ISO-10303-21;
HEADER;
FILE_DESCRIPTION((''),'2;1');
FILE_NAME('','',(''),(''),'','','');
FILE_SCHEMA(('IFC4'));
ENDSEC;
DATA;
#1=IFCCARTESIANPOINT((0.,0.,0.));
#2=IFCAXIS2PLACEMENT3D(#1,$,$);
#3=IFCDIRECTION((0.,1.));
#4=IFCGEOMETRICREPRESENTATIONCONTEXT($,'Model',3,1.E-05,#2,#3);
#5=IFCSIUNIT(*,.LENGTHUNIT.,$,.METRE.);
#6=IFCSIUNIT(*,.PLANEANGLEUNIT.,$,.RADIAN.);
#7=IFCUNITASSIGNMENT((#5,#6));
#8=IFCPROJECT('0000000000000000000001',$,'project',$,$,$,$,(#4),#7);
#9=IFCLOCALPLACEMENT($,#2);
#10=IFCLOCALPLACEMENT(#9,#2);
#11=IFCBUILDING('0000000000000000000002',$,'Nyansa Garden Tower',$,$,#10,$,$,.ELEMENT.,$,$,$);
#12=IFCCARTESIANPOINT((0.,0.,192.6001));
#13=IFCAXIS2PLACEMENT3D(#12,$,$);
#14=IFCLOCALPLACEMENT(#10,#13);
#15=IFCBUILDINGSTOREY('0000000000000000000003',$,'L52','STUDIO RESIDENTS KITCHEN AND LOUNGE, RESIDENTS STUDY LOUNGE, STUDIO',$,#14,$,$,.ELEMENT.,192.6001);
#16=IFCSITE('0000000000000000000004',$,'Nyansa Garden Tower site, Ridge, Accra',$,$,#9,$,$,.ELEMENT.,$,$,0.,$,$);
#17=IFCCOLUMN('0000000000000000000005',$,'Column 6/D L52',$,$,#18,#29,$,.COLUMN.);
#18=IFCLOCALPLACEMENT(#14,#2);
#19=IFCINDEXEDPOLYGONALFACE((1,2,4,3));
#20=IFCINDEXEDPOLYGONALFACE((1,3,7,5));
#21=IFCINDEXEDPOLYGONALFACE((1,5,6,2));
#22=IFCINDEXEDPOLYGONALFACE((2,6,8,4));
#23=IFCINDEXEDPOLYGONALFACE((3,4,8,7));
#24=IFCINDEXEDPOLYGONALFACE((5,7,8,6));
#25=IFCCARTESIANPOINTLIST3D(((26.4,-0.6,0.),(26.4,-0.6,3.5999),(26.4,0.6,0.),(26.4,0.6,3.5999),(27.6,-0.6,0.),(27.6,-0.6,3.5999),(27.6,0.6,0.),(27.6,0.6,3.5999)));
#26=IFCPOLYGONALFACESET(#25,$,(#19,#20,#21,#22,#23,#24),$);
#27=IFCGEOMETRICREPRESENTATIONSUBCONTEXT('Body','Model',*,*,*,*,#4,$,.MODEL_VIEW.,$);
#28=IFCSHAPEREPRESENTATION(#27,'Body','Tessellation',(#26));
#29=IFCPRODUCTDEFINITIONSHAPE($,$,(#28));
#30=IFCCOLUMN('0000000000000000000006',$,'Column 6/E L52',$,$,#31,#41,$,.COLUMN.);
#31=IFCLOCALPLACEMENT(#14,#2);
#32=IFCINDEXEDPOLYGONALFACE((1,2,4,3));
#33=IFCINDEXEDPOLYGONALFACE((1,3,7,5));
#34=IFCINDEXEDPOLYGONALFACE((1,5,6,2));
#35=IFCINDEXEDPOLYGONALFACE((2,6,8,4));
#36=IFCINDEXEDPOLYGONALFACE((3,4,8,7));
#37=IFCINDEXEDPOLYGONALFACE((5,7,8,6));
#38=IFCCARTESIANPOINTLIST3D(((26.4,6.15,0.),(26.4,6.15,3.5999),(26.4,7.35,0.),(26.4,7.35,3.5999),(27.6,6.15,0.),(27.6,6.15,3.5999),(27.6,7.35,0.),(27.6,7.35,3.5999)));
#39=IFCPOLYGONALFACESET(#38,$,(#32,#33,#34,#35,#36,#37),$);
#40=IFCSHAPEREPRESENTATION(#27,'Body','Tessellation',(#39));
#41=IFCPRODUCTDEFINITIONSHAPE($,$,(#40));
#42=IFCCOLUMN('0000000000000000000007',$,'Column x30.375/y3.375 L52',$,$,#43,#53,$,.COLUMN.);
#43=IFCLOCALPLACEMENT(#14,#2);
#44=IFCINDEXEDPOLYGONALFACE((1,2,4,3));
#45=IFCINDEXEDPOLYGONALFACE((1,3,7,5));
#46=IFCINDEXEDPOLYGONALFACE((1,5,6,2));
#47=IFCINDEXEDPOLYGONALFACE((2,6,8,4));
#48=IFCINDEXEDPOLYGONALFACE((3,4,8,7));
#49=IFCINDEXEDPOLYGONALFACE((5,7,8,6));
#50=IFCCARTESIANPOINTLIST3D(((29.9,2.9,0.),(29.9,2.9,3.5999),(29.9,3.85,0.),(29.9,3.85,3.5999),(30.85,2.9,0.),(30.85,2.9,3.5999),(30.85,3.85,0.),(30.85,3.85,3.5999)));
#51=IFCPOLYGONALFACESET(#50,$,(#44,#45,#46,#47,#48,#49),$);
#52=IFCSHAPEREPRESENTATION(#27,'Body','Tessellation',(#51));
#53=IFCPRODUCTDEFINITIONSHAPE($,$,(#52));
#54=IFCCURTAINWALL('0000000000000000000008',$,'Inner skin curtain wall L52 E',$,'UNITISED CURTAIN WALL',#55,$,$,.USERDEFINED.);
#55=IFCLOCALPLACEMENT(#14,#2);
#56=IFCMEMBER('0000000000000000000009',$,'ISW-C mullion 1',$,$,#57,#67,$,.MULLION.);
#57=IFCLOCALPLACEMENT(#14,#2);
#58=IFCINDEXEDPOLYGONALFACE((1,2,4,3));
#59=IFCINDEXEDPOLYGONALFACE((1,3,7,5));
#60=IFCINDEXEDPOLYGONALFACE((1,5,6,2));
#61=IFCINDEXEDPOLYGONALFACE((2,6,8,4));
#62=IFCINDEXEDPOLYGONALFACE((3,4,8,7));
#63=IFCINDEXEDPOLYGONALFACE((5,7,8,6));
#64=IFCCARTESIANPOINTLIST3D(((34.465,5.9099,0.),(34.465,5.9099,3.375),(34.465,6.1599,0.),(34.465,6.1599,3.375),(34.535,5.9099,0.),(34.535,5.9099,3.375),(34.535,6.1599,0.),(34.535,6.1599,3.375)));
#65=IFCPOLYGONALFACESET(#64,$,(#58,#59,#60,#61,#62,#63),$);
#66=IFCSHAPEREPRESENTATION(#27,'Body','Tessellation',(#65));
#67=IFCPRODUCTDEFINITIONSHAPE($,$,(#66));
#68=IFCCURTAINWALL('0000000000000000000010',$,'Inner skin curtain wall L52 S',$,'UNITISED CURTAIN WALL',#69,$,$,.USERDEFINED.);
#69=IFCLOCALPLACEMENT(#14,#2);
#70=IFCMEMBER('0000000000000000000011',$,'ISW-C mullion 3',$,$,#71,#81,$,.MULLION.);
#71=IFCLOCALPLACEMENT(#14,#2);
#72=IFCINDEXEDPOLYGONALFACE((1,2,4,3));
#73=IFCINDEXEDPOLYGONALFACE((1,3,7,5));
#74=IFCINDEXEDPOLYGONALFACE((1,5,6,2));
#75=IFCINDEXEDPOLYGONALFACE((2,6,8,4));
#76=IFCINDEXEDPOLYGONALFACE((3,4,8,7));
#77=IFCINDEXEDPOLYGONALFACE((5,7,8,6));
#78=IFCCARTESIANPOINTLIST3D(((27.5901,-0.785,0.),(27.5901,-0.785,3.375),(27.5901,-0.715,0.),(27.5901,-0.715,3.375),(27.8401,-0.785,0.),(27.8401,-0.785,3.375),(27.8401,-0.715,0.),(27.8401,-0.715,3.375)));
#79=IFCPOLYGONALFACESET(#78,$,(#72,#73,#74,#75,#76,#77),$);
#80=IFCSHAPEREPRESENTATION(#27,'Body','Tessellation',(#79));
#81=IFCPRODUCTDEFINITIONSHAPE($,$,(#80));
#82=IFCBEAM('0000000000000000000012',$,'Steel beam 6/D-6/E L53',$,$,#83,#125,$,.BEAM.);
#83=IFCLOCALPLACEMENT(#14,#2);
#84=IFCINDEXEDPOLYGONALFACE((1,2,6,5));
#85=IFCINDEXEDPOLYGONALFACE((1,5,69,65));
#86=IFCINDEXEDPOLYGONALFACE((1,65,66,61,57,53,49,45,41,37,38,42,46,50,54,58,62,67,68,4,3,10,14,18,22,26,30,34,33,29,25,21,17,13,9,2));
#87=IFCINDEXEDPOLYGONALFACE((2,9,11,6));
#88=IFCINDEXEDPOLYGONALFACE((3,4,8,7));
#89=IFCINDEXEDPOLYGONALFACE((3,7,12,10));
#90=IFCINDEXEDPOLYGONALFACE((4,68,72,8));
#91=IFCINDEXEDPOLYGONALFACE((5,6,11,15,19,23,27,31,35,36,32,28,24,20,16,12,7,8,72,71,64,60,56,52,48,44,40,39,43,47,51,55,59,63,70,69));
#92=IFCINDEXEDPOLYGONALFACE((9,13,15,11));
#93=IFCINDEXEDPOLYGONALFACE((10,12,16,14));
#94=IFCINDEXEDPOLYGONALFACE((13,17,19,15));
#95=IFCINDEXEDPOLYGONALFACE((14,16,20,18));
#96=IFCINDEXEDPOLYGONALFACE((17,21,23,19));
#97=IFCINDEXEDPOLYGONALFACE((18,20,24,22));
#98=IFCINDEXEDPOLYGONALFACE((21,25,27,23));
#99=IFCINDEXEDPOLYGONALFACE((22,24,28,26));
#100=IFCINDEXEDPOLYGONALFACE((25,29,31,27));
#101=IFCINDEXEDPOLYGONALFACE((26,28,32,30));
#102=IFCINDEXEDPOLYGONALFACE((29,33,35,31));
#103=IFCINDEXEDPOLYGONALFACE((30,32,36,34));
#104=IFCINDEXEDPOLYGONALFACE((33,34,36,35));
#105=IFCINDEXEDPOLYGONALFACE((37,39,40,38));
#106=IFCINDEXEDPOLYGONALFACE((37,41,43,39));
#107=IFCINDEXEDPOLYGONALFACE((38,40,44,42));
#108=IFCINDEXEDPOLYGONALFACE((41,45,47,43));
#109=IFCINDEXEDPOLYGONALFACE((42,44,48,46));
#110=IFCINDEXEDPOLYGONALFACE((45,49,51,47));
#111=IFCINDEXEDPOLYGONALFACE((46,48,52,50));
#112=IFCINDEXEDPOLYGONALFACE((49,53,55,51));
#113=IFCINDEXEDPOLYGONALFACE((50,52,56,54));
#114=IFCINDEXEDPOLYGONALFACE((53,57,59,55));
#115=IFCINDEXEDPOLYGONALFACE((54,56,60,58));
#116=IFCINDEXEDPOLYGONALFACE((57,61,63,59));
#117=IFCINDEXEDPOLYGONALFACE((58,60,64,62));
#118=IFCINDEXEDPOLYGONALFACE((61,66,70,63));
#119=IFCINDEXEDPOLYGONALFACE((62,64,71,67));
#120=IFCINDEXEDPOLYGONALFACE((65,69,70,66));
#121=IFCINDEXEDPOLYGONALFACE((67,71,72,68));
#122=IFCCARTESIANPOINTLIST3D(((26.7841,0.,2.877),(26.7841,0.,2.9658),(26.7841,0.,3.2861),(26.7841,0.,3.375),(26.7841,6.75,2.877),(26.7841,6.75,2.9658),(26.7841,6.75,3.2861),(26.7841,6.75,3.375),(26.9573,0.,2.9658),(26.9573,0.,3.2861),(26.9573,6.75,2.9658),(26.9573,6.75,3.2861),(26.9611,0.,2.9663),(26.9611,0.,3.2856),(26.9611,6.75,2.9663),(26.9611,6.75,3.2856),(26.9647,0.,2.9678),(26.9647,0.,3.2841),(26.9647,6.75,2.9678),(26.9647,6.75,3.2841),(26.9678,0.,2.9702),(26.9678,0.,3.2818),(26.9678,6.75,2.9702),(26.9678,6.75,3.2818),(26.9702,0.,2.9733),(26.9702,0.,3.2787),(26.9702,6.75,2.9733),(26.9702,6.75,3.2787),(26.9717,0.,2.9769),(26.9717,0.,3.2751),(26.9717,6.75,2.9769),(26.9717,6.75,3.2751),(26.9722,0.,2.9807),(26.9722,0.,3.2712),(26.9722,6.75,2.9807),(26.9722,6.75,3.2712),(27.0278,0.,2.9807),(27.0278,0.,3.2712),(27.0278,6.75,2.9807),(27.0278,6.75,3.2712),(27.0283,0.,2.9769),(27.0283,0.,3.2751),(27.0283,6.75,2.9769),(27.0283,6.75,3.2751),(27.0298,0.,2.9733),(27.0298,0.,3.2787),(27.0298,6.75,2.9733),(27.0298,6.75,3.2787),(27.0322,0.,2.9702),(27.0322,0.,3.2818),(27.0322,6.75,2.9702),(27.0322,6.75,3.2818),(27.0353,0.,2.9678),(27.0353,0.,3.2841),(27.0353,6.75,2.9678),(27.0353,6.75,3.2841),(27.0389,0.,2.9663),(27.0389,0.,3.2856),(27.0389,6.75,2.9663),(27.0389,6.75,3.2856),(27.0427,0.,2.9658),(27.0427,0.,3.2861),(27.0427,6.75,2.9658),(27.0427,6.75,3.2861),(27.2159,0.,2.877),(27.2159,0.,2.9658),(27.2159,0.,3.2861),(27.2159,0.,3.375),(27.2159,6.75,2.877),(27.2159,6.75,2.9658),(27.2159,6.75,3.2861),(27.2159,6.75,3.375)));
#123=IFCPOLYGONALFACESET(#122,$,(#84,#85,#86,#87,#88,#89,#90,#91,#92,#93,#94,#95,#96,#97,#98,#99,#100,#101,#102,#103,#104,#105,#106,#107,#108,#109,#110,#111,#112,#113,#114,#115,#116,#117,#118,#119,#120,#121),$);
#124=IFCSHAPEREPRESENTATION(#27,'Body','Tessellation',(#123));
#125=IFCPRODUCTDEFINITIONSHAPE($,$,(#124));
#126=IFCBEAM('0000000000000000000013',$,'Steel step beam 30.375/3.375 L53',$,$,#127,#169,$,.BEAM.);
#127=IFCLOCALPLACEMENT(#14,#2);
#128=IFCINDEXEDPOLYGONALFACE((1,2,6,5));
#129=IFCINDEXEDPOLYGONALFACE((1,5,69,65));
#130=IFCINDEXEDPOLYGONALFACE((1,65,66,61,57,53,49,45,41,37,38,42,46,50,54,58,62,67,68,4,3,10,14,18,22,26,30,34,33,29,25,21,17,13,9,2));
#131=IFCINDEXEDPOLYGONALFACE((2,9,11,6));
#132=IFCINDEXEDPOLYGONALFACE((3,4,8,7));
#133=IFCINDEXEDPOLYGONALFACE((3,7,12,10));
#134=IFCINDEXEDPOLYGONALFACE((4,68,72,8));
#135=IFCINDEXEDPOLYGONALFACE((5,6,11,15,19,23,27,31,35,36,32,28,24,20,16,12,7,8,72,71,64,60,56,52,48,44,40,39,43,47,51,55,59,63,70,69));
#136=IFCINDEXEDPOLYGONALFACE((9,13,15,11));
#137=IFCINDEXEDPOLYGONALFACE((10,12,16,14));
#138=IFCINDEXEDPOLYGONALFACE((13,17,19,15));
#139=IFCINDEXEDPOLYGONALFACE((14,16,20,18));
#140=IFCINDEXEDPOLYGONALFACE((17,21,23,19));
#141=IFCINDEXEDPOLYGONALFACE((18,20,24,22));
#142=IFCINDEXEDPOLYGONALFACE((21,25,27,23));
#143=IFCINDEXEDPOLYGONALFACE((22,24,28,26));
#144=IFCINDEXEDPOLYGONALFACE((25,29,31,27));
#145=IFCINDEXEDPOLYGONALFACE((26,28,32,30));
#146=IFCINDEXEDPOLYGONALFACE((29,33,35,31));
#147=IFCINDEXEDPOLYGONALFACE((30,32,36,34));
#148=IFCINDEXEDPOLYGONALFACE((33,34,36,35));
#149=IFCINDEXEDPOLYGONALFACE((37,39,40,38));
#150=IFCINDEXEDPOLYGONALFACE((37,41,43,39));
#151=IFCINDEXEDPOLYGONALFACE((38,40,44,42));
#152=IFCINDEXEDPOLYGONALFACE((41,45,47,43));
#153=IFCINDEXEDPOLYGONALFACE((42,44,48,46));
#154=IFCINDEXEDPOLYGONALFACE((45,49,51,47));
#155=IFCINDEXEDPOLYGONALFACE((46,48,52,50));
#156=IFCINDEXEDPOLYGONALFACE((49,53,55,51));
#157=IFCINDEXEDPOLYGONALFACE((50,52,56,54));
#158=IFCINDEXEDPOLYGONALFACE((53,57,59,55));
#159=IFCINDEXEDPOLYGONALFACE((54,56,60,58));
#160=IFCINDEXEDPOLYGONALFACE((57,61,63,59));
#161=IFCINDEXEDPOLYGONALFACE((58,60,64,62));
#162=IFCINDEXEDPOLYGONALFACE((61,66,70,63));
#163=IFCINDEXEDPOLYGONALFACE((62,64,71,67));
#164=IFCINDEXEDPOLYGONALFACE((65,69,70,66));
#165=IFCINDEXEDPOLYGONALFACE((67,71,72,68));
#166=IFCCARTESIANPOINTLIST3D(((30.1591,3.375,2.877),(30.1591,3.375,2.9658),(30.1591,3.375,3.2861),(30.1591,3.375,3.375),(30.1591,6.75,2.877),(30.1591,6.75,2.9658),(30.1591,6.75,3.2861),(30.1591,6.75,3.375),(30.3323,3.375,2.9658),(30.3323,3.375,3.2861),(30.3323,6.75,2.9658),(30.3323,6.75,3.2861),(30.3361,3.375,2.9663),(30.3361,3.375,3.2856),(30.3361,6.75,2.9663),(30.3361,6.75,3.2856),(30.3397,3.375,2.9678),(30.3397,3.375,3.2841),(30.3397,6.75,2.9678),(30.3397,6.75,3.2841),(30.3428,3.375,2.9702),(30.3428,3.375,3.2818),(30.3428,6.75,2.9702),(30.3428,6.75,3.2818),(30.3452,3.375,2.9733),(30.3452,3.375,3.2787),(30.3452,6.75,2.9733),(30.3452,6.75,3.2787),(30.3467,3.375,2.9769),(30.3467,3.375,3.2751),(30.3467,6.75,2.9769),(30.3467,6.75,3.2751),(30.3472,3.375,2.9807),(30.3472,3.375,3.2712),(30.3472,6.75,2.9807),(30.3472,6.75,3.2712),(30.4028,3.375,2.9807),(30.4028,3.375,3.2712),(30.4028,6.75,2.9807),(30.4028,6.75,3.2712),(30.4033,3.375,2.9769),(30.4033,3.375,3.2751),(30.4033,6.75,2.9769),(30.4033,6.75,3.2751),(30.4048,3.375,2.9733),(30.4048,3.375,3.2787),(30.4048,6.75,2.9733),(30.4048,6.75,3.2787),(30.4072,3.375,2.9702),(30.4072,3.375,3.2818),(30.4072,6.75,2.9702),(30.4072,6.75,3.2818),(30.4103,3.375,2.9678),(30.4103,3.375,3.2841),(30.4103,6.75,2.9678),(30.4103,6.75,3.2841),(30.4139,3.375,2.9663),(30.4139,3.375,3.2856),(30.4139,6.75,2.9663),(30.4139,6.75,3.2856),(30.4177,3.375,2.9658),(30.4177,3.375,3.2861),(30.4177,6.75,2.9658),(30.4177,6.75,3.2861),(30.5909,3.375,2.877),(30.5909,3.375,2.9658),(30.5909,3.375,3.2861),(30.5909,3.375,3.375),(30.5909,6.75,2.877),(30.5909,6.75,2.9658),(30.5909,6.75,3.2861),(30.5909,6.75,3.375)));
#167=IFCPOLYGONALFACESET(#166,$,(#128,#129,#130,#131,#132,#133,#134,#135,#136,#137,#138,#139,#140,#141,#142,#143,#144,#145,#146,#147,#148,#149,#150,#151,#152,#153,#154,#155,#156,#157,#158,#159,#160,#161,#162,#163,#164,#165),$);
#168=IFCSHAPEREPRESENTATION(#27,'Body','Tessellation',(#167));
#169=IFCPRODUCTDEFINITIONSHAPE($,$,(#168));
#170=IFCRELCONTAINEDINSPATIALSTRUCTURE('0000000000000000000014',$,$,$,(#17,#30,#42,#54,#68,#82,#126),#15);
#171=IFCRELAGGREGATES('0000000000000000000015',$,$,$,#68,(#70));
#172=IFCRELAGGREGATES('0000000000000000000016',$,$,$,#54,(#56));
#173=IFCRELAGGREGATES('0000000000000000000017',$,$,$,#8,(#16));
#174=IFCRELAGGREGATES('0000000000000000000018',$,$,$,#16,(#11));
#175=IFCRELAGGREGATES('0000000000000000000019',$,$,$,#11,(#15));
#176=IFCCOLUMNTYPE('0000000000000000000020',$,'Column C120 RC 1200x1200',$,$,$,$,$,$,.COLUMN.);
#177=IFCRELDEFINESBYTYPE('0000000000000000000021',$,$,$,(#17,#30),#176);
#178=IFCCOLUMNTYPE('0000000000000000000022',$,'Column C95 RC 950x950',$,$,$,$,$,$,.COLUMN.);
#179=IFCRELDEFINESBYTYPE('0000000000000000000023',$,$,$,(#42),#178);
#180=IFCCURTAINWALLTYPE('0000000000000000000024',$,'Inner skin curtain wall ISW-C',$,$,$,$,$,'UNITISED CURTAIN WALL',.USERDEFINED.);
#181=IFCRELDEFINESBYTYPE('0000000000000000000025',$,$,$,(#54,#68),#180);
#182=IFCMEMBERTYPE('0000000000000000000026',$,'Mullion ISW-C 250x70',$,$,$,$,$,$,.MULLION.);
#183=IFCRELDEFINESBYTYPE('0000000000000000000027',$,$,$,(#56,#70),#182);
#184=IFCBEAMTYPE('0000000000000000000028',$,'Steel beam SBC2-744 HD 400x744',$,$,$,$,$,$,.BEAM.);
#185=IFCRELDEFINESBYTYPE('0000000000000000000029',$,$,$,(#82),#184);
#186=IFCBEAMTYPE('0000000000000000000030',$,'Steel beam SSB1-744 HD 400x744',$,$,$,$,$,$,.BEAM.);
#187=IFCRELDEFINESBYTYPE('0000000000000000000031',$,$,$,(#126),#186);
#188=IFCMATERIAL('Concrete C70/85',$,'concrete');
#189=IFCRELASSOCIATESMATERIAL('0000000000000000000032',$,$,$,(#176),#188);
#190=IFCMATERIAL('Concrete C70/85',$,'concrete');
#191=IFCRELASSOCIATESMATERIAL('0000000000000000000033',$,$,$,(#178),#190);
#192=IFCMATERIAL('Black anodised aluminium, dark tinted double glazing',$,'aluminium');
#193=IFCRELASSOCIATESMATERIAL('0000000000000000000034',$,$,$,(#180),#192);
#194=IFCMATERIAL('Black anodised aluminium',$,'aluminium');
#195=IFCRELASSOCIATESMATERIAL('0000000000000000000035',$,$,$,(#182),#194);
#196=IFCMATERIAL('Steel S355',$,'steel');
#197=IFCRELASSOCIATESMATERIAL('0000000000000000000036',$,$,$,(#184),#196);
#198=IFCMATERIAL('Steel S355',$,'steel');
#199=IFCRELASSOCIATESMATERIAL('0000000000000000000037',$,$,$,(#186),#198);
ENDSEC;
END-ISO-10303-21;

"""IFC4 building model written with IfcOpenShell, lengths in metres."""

from ifc_helpers import new_model, si_unit, direction, frame, origin, origin_2d, place, context, subcontext, project, spatial, rectangle, i_section, extrude, material, material_profile, profile_set, type_object, element, aggregate, save


model = new_model("IFC4")

# Units and contexts
model_context = context("Model", 3, precision=1e-05, world=origin(), true_north=direction((0.0, 1.0)))
body_context = subcontext(model_context, "Body", "Model", "MODEL_VIEW")
ifc_project = project(units=[si_unit("LENGTHUNIT", "METRE"), si_unit("PLANEANGLEUNIT", "RADIAN")], contexts=[model_context])

# Site, building, storey
site_placement = place(None, origin())
site = spatial("IfcSite", under=ifc_project, at=site_placement, Name="Nyansa Garden Tower site, Ridge, Accra", CompositionType="ELEMENT", RefElevation=0.0)
building_placement = place(site_placement, origin())
building = spatial("IfcBuilding", under=site, at=building_placement, Name="Nyansa Garden Tower", CompositionType="ELEMENT")
storey_placement = place(building_placement, frame((0.0, 0.0, 192.6001)))
storey = spatial("IfcBuildingStorey", under=building, at=storey_placement, Name="L52", Description="STUDIO RESIDENTS KITCHEN AND LOUNGE, RESIDENTS STUDY LOUNGE, STUDIO", CompositionType="ELEMENT", Elevation=192.6001)

# Columns
ifc_material_1 = material(Name="Concrete C70/85", Category="concrete")
ifc_material_profile_1 = material_profile(ifc_material_1, rectangle(XDim=1.2, YDim=1.2, at=origin_2d()), Name="RC 1200x1200")
ifc_profile_set_1 = profile_set([ifc_material_profile_1], Name="Concrete C70/85")
column_type_1 = type_object("IfcColumnType", Name="Column C120 RC 1200x1200", PredefinedType="COLUMN", material=ifc_profile_set_1)
for number, where, z_axis, x_axis, name in (
    (1, (27.0, 0.0, 0.0), (0.0, 0.0, 1.0), (1.0, 0.0, 0.0), "Column 6/D L52"),
    (2, (27.0, 6.75, 0.0), (0.0, 0.0, 1.0), (1.0, 0.0, 0.0), "Column 6/E L52"),
):
    element("IfcColumn", number, at=place(storey_placement, frame(where, z_axis=z_axis, x_axis=x_axis)), inside=storey, type_object=column_type_1, Name=name, PredefinedType="COLUMN", context=body_context, shape_type="SweptSolid", body=[
        extrude(rectangle(XDim=1.2, YDim=1.2, at=origin_2d()), origin(), (0.0, 0.0, 1.0), 3.5999),
    ])
ifc_material_2 = material(Name="Concrete C70/85", Category="concrete")
ifc_material_profile_2 = material_profile(ifc_material_2, rectangle(XDim=0.95, YDim=0.95, at=origin_2d()), Name="RC 950x950")
ifc_profile_set_2 = profile_set([ifc_material_profile_2], Name="Concrete C70/85")
column_type_2 = type_object("IfcColumnType", Name="Column C95 RC 950x950", PredefinedType="COLUMN", material=ifc_profile_set_2)
column_placement = place(storey_placement, frame((30.375, 3.375, 0.0), z_axis=(0.0, 0.0, 1.0), x_axis=(1.0, 0.0, 0.0)))
element("IfcColumn", 3, at=column_placement, inside=storey, type_object=column_type_2, Name="Column x30.375/y3.375 L52", PredefinedType="COLUMN", context=body_context, shape_type="SweptSolid", body=[
    extrude(rectangle(XDim=0.95, YDim=0.95, at=origin_2d()), origin(), (0.0, 0.0, 1.0), 3.5999),
])

# Curtain walls, members
ifc_material_3 = material(Name="Black anodised aluminium, dark tinted double glazing", Category="aluminium")
curtain_wall_type = type_object("IfcCurtainWallType", Name="Inner skin curtain wall ISW-C", ElementType="UNITISED CURTAIN WALL", PredefinedType="USERDEFINED", material=ifc_material_3)
curtain_wall_1_placement = place(storey_placement, origin())
curtain_wall_1 = element("IfcCurtainWall", 4, at=curtain_wall_1_placement, inside=storey, type_object=curtain_wall_type, Name="Inner skin curtain wall L52 E", ObjectType="UNITISED CURTAIN WALL", PredefinedType="USERDEFINED")
ifc_material_4 = material(Name="Black anodised aluminium", Category="aluminium")
ifc_material_profile_3 = material_profile(ifc_material_4, rectangle(XDim=0.0701, YDim=0.25, at=origin_2d()), Name="Mullion 250x70")
ifc_profile_set_3 = profile_set([ifc_material_profile_3], Name="Black anodised aluminium")
member_type_1 = type_object("IfcMemberType", Name="Mullion ISW-C 250x70", PredefinedType="MULLION", material=ifc_profile_set_3)
member_1_placement = place(storey_placement, frame((34.5, 6.0349, 0.0), z_axis=(0.0, 0.0, 1.0), x_axis=(-1.0, 0.0, 0.0)))
member_1 = element("IfcMember", 5, at=member_1_placement, type_object=member_type_1, Name="ISW-C mullion 1", PredefinedType="MULLION", context=body_context, shape_type="SweptSolid", body=[
    extrude(rectangle(XDim=0.0701, YDim=0.25, at=origin_2d()), origin(), (0.0, 0.0, 1.0), 3.375),
])
curtain_wall_2_placement = place(storey_placement, origin())
curtain_wall_2 = element("IfcCurtainWall", 6, at=curtain_wall_2_placement, inside=storey, type_object=curtain_wall_type, Name="Inner skin curtain wall L52 S", ObjectType="UNITISED CURTAIN WALL", PredefinedType="USERDEFINED")
member_2_placement = place(storey_placement, frame((27.7151, -0.75, 0.0), z_axis=(0.0, 0.0, 1.0), x_axis=(0.0, 1.0, 0.0)))
member_2 = element("IfcMember", 7, at=member_2_placement, type_object=member_type_1, Name="ISW-C mullion 3", PredefinedType="MULLION", context=body_context, shape_type="SweptSolid", body=[
    extrude(rectangle(XDim=0.0701, YDim=0.25, at=origin_2d()), origin(), (0.0, 0.0, 1.0), 3.375),
])
aggregate(curtain_wall_2, [member_2])

# Beams
ifc_material_5 = material(Name="Steel S355", Category="steel")
ifc_material_profile_4 = material_profile(ifc_material_5, i_section(OverallWidth=0.4319, OverallDepth=0.498, WebThickness=0.0557, FlangeThickness=0.0889, FilletRadius=0.0149, at=origin_2d()), Name="HD 400x744")
ifc_profile_set_4 = profile_set([ifc_material_profile_4], Name="Steel S355")
beam_type_1 = type_object("IfcBeamType", Name="Steel beam SBC2-744 HD 400x744", PredefinedType="BEAM", material=ifc_profile_set_4)
beam_placement = place(storey_placement, frame((27.0, 0.0, 3.126), z_axis=(0.0, 1.0, 0.0), x_axis=(-1.0, 0.0, 0.0)))
element("IfcBeam", 8, at=beam_placement, inside=storey, type_object=beam_type_1, Name="Steel beam 6/D-6/E L53", PredefinedType="BEAM", context=body_context, shape_type="SweptSolid", body=[
    extrude(i_section(OverallWidth=0.4319, OverallDepth=0.498, WebThickness=0.0557, FlangeThickness=0.0889, FilletRadius=0.0149, at=origin_2d()), origin(), (0.0, 0.0, 1.0), 6.75),
])
ifc_material_6 = material(Name="Steel S355", Category="steel")
ifc_material_profile_5 = material_profile(ifc_material_6, i_section(OverallWidth=0.4319, OverallDepth=0.498, WebThickness=0.0557, FlangeThickness=0.0889, FilletRadius=0.0149, at=origin_2d()), Name="HD 400x744")
ifc_profile_set_5 = profile_set([ifc_material_profile_5], Name="Steel S355")
beam_type_2 = type_object("IfcBeamType", Name="Steel beam SSB1-744 HD 400x744", PredefinedType="BEAM", material=ifc_profile_set_5)
for number, where, z_axis, x_axis, name in (
    (9, (30.375, 3.375, 3.126), (0.0, 1.0, 0.0), (-1.0, 0.0, 0.0), "Steel step beam 30.375/3.375 L53"),
):
    element("IfcBeam", number, at=place(storey_placement, frame(where, z_axis=z_axis, x_axis=x_axis)), inside=storey, type_object=beam_type_2, Name=name, PredefinedType="BEAM", context=body_context, shape_type="SweptSolid", body=[
        extrude(i_section(OverallWidth=0.4319, OverallDepth=0.498, WebThickness=0.0557, FlangeThickness=0.0889, FilletRadius=0.0149, at=origin_2d()), origin(), (0.0, 0.0, 1.0), 3.375),
    ])

aggregate(curtain_wall_1, [member_1])

save(model, "model.ifc")
